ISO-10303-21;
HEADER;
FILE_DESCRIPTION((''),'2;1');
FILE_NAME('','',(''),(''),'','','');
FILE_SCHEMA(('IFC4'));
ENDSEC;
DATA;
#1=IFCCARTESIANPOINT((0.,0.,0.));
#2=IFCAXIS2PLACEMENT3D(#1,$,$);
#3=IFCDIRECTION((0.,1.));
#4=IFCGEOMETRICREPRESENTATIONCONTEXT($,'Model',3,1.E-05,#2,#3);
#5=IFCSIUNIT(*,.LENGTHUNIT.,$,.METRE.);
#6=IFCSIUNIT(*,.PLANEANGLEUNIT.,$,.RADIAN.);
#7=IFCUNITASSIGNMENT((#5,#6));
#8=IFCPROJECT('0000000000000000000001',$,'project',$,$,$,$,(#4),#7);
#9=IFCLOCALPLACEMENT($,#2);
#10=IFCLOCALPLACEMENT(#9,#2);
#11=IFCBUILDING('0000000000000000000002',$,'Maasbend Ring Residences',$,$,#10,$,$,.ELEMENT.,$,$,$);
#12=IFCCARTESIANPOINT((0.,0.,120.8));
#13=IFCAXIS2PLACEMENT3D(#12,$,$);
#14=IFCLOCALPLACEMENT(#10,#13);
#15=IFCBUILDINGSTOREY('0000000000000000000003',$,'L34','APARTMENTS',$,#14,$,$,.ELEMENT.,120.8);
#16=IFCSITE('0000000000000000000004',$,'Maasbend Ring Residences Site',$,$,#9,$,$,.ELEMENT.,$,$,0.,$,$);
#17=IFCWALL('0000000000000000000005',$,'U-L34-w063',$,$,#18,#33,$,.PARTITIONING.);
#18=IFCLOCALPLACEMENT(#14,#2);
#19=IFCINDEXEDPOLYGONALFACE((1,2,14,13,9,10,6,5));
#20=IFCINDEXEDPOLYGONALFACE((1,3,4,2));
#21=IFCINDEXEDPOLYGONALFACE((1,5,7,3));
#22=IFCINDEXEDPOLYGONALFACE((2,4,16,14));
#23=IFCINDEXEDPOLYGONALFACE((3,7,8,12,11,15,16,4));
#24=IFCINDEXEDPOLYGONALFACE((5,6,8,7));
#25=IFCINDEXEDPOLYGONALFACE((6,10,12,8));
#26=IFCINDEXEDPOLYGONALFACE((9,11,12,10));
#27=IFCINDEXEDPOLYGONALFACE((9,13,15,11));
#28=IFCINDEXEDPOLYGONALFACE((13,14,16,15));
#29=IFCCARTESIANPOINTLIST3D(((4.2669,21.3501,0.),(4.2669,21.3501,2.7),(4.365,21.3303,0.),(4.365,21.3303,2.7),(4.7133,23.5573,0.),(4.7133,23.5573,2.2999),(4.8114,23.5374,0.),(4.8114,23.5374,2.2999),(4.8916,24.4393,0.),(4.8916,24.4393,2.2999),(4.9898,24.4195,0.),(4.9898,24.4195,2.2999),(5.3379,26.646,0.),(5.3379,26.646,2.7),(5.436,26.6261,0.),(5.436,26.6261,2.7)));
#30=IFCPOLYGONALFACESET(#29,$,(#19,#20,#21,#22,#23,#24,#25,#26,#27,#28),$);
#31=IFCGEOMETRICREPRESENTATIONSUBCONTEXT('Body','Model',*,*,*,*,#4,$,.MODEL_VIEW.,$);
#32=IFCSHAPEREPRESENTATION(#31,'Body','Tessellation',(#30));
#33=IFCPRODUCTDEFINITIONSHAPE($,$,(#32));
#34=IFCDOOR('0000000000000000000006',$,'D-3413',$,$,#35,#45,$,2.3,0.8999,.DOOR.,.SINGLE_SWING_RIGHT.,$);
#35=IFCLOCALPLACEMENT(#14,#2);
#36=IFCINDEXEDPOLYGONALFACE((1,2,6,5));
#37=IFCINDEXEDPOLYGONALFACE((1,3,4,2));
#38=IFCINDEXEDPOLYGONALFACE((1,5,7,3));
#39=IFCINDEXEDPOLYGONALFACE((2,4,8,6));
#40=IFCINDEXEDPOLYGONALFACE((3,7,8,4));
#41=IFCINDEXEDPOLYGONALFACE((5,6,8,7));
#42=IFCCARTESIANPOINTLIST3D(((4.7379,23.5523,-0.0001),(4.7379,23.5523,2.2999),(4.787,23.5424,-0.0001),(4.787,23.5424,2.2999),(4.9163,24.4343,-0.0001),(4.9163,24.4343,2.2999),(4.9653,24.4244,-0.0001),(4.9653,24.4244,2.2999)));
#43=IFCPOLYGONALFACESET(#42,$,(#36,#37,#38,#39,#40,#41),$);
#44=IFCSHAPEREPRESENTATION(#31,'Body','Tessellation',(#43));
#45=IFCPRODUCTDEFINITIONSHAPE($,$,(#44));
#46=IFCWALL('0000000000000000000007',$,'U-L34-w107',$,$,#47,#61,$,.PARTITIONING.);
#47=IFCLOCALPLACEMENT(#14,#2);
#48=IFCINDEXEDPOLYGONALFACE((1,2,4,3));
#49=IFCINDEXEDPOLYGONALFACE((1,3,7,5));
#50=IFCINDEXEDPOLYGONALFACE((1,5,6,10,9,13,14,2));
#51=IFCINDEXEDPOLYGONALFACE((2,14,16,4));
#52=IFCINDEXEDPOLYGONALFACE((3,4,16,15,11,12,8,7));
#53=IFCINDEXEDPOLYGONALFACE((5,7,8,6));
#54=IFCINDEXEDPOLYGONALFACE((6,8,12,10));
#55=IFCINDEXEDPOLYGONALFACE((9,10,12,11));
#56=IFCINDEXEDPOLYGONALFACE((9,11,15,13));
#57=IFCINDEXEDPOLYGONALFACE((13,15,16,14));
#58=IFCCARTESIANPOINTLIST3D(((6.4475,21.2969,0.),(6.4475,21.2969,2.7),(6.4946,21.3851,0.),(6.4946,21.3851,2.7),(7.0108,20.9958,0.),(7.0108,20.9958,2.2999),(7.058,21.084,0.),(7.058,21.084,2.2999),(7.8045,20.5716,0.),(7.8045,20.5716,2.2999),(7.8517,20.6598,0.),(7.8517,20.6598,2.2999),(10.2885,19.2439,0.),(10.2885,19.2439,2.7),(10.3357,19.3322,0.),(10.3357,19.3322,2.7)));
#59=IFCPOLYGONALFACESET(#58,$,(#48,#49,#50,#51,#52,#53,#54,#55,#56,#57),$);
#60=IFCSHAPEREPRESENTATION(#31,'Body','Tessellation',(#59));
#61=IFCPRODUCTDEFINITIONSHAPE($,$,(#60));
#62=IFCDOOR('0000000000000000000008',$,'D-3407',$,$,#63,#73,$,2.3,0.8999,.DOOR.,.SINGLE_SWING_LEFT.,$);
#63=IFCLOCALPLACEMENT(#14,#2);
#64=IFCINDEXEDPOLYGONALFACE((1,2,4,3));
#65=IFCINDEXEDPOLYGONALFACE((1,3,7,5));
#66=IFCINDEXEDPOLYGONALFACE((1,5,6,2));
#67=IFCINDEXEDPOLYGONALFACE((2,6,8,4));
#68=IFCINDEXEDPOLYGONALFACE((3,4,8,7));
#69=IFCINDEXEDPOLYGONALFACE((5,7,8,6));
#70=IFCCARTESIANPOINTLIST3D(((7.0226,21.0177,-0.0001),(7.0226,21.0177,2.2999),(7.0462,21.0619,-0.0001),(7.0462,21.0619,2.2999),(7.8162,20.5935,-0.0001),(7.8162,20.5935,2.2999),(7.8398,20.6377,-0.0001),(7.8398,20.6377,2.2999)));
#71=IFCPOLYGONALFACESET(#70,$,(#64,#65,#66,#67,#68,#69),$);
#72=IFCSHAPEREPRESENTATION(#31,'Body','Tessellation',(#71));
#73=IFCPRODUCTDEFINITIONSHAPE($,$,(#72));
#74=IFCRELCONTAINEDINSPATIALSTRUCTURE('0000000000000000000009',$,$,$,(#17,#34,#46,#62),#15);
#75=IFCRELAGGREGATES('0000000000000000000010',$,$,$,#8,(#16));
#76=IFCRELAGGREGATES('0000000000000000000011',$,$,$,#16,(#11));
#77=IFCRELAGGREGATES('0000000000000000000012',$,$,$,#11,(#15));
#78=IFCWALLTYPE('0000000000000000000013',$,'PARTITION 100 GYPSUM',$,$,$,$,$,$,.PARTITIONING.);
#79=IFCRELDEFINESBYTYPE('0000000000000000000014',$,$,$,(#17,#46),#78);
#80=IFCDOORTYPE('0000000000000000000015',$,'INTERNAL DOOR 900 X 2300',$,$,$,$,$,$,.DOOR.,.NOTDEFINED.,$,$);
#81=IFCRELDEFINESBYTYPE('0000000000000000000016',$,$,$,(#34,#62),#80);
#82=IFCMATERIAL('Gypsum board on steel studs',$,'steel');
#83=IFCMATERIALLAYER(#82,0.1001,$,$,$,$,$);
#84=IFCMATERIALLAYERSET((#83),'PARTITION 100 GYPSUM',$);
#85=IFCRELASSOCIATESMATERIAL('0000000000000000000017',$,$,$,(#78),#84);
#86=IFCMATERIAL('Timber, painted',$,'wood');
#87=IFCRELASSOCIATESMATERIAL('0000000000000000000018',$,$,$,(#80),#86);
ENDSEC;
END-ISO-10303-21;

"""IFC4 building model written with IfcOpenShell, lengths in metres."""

from ifc_helpers import new_model, si_unit, direction, frame, frame_2d, origin, place, context, subcontext, project, spatial, rectangle, extrude, material, layer, layer_set, type_object, element, fill, save


model = new_model("IFC4")

# Units and contexts
model_context = context("Model", 3, precision=1e-05, world=origin(), true_north=direction((0.0, 1.0)))
body_context = subcontext(model_context, "Body", "Model", "MODEL_VIEW")
ifc_project = project(units=[si_unit("LENGTHUNIT", "METRE"), si_unit("PLANEANGLEUNIT", "RADIAN")], contexts=[model_context])

# Site, building, storey
site_placement = place(None, origin())
site = spatial("IfcSite", under=ifc_project, at=site_placement, Name="Maasbend Ring Residences Site", CompositionType="ELEMENT", RefElevation=0.0)
building_placement = place(site_placement, origin())
building = spatial("IfcBuilding", under=site, at=building_placement, Name="Maasbend Ring Residences", CompositionType="ELEMENT")
storey_placement = place(building_placement, frame((0.0, 0.0, 120.8)))
storey = spatial("IfcBuildingStorey", under=building, at=storey_placement, Name="L34", Description="APARTMENTS", CompositionType="ELEMENT", Elevation=120.8)

# Walls, openings, doors
ifc_material_1 = material(Name="Gypsum board on steel studs", Category="steel")
ifc_layer_1 = layer(ifc_material_1, 0.1001)
ifc_layer_set_1 = layer_set([ifc_layer_1], Name="PARTITION 100 GYPSUM")
wall_type_1 = type_object("IfcWallType", Name="PARTITION 100 GYPSUM", PredefinedType="PARTITIONING", material=ifc_layer_set_1)
wall_1_placement = place(storey_placement, frame((4.3159, 21.3401, 0.0), z_axis=(0.0, 0.0, 1.0), x_axis=(0.198227, 0.980156, 0.0)))
wall_1 = element("IfcWall", 1, at=wall_1_placement, inside=storey, type_object=wall_type_1, Name="U-L34-w063", PredefinedType="PARTITIONING", context=body_context, shape_type="SweptSolid", body=[
    extrude(rectangle(XDim=5.4031, YDim=0.1001, at=frame_2d((2.7017, 0.0))), origin(), (0.0, 0.0, 1.0), 2.7),
])
opening_1_placement = place(wall_1_placement, frame((2.252, 0.0, 0.0)))
opening_1 = element("IfcOpeningElement", 2, at=opening_1_placement, cuts=wall_1, PredefinedType="OPENING", context=body_context, shape_type="SweptSolid", body=[
    extrude(rectangle(XDim=0.8999, YDim=2.3, at=frame_2d((0.45, 1.1499))), frame((0.0, 0.0601, 0.0), z_axis=(0.0, -1.0, 0.0), x_axis=(1.0, 0.0, 0.0)), (0.0, 0.0, 1.0), 0.1201),
])
ifc_material_2 = material(Name="Timber, painted", Category="wood")
door_type_1 = type_object("IfcDoorType", Name="INTERNAL DOOR 900 X 2300", OperationType="NOTDEFINED", PredefinedType="DOOR", material=ifc_material_2)
door_1_placement = place(opening_1_placement, origin())
door_1 = element("IfcDoor", 3, at=door_1_placement, inside=storey, type_object=door_type_1, Name="D-3413", OperationType="SINGLE_SWING_RIGHT", OverallHeight=2.3, OverallWidth=0.8999, PredefinedType="DOOR", context=body_context, shape_type="SweptSolid", body=[
    extrude(rectangle(XDim=0.8999, YDim=2.3, at=frame_2d((0.45, 1.1499))), frame((0.0, 0.0249, 0.0), z_axis=(0.0, -1.0, 0.0), x_axis=(1.0, 0.0, 0.0)), (0.0, 0.0, 1.0), 0.05),
])
fill(opening_1, door_1)
wall_2_placement = place(storey_placement, frame((6.4709, 21.3411, 0.0), z_axis=(0.0, 0.0, 1.0), x_axis=(0.881932, -0.471377, 0.0)))
wall_2 = element("IfcWall", 4, at=wall_2_placement, inside=storey, type_object=wall_type_1, Name="U-L34-w107", PredefinedType="PARTITIONING", context=body_context, shape_type="SweptSolid", body=[
    extrude(rectangle(XDim=4.3552, YDim=0.1001, at=frame_2d((2.1777, 0.0))), origin(), (0.0, 0.0, 1.0), 2.7),
])
opening_2_placement = place(wall_2_placement, frame((0.6389, 0.0, 0.0)))
opening_2 = element("IfcOpeningElement", 5, at=opening_2_placement, cuts=wall_2, PredefinedType="OPENING", context=body_context, shape_type="SweptSolid", body=[
    extrude(rectangle(XDim=0.8999, YDim=2.3, at=frame_2d((0.45, 1.1499))), frame((0.0, 0.0601, 0.0), z_axis=(0.0, -1.0, 0.0), x_axis=(1.0, 0.0, 0.0)), (0.0, 0.0, 1.0), 0.1201),
])
door_2_placement = place(opening_2_placement, origin())
door_2 = element("IfcDoor", 6, at=door_2_placement, inside=storey, type_object=door_type_1, Name="D-3407", OperationType="SINGLE_SWING_LEFT", OverallHeight=2.3, OverallWidth=0.8999, PredefinedType="DOOR", context=body_context, shape_type="SweptSolid", body=[
    extrude(rectangle(XDim=0.8999, YDim=2.3, at=frame_2d((0.45, 1.1499))), frame((0.0, 0.0249, 0.0), z_axis=(0.0, -1.0, 0.0), x_axis=(1.0, 0.0, 0.0)), (0.0, 0.0, 1.0), 0.05),
])
fill(opening_2, door_2)

save(model, "model.ifc")
